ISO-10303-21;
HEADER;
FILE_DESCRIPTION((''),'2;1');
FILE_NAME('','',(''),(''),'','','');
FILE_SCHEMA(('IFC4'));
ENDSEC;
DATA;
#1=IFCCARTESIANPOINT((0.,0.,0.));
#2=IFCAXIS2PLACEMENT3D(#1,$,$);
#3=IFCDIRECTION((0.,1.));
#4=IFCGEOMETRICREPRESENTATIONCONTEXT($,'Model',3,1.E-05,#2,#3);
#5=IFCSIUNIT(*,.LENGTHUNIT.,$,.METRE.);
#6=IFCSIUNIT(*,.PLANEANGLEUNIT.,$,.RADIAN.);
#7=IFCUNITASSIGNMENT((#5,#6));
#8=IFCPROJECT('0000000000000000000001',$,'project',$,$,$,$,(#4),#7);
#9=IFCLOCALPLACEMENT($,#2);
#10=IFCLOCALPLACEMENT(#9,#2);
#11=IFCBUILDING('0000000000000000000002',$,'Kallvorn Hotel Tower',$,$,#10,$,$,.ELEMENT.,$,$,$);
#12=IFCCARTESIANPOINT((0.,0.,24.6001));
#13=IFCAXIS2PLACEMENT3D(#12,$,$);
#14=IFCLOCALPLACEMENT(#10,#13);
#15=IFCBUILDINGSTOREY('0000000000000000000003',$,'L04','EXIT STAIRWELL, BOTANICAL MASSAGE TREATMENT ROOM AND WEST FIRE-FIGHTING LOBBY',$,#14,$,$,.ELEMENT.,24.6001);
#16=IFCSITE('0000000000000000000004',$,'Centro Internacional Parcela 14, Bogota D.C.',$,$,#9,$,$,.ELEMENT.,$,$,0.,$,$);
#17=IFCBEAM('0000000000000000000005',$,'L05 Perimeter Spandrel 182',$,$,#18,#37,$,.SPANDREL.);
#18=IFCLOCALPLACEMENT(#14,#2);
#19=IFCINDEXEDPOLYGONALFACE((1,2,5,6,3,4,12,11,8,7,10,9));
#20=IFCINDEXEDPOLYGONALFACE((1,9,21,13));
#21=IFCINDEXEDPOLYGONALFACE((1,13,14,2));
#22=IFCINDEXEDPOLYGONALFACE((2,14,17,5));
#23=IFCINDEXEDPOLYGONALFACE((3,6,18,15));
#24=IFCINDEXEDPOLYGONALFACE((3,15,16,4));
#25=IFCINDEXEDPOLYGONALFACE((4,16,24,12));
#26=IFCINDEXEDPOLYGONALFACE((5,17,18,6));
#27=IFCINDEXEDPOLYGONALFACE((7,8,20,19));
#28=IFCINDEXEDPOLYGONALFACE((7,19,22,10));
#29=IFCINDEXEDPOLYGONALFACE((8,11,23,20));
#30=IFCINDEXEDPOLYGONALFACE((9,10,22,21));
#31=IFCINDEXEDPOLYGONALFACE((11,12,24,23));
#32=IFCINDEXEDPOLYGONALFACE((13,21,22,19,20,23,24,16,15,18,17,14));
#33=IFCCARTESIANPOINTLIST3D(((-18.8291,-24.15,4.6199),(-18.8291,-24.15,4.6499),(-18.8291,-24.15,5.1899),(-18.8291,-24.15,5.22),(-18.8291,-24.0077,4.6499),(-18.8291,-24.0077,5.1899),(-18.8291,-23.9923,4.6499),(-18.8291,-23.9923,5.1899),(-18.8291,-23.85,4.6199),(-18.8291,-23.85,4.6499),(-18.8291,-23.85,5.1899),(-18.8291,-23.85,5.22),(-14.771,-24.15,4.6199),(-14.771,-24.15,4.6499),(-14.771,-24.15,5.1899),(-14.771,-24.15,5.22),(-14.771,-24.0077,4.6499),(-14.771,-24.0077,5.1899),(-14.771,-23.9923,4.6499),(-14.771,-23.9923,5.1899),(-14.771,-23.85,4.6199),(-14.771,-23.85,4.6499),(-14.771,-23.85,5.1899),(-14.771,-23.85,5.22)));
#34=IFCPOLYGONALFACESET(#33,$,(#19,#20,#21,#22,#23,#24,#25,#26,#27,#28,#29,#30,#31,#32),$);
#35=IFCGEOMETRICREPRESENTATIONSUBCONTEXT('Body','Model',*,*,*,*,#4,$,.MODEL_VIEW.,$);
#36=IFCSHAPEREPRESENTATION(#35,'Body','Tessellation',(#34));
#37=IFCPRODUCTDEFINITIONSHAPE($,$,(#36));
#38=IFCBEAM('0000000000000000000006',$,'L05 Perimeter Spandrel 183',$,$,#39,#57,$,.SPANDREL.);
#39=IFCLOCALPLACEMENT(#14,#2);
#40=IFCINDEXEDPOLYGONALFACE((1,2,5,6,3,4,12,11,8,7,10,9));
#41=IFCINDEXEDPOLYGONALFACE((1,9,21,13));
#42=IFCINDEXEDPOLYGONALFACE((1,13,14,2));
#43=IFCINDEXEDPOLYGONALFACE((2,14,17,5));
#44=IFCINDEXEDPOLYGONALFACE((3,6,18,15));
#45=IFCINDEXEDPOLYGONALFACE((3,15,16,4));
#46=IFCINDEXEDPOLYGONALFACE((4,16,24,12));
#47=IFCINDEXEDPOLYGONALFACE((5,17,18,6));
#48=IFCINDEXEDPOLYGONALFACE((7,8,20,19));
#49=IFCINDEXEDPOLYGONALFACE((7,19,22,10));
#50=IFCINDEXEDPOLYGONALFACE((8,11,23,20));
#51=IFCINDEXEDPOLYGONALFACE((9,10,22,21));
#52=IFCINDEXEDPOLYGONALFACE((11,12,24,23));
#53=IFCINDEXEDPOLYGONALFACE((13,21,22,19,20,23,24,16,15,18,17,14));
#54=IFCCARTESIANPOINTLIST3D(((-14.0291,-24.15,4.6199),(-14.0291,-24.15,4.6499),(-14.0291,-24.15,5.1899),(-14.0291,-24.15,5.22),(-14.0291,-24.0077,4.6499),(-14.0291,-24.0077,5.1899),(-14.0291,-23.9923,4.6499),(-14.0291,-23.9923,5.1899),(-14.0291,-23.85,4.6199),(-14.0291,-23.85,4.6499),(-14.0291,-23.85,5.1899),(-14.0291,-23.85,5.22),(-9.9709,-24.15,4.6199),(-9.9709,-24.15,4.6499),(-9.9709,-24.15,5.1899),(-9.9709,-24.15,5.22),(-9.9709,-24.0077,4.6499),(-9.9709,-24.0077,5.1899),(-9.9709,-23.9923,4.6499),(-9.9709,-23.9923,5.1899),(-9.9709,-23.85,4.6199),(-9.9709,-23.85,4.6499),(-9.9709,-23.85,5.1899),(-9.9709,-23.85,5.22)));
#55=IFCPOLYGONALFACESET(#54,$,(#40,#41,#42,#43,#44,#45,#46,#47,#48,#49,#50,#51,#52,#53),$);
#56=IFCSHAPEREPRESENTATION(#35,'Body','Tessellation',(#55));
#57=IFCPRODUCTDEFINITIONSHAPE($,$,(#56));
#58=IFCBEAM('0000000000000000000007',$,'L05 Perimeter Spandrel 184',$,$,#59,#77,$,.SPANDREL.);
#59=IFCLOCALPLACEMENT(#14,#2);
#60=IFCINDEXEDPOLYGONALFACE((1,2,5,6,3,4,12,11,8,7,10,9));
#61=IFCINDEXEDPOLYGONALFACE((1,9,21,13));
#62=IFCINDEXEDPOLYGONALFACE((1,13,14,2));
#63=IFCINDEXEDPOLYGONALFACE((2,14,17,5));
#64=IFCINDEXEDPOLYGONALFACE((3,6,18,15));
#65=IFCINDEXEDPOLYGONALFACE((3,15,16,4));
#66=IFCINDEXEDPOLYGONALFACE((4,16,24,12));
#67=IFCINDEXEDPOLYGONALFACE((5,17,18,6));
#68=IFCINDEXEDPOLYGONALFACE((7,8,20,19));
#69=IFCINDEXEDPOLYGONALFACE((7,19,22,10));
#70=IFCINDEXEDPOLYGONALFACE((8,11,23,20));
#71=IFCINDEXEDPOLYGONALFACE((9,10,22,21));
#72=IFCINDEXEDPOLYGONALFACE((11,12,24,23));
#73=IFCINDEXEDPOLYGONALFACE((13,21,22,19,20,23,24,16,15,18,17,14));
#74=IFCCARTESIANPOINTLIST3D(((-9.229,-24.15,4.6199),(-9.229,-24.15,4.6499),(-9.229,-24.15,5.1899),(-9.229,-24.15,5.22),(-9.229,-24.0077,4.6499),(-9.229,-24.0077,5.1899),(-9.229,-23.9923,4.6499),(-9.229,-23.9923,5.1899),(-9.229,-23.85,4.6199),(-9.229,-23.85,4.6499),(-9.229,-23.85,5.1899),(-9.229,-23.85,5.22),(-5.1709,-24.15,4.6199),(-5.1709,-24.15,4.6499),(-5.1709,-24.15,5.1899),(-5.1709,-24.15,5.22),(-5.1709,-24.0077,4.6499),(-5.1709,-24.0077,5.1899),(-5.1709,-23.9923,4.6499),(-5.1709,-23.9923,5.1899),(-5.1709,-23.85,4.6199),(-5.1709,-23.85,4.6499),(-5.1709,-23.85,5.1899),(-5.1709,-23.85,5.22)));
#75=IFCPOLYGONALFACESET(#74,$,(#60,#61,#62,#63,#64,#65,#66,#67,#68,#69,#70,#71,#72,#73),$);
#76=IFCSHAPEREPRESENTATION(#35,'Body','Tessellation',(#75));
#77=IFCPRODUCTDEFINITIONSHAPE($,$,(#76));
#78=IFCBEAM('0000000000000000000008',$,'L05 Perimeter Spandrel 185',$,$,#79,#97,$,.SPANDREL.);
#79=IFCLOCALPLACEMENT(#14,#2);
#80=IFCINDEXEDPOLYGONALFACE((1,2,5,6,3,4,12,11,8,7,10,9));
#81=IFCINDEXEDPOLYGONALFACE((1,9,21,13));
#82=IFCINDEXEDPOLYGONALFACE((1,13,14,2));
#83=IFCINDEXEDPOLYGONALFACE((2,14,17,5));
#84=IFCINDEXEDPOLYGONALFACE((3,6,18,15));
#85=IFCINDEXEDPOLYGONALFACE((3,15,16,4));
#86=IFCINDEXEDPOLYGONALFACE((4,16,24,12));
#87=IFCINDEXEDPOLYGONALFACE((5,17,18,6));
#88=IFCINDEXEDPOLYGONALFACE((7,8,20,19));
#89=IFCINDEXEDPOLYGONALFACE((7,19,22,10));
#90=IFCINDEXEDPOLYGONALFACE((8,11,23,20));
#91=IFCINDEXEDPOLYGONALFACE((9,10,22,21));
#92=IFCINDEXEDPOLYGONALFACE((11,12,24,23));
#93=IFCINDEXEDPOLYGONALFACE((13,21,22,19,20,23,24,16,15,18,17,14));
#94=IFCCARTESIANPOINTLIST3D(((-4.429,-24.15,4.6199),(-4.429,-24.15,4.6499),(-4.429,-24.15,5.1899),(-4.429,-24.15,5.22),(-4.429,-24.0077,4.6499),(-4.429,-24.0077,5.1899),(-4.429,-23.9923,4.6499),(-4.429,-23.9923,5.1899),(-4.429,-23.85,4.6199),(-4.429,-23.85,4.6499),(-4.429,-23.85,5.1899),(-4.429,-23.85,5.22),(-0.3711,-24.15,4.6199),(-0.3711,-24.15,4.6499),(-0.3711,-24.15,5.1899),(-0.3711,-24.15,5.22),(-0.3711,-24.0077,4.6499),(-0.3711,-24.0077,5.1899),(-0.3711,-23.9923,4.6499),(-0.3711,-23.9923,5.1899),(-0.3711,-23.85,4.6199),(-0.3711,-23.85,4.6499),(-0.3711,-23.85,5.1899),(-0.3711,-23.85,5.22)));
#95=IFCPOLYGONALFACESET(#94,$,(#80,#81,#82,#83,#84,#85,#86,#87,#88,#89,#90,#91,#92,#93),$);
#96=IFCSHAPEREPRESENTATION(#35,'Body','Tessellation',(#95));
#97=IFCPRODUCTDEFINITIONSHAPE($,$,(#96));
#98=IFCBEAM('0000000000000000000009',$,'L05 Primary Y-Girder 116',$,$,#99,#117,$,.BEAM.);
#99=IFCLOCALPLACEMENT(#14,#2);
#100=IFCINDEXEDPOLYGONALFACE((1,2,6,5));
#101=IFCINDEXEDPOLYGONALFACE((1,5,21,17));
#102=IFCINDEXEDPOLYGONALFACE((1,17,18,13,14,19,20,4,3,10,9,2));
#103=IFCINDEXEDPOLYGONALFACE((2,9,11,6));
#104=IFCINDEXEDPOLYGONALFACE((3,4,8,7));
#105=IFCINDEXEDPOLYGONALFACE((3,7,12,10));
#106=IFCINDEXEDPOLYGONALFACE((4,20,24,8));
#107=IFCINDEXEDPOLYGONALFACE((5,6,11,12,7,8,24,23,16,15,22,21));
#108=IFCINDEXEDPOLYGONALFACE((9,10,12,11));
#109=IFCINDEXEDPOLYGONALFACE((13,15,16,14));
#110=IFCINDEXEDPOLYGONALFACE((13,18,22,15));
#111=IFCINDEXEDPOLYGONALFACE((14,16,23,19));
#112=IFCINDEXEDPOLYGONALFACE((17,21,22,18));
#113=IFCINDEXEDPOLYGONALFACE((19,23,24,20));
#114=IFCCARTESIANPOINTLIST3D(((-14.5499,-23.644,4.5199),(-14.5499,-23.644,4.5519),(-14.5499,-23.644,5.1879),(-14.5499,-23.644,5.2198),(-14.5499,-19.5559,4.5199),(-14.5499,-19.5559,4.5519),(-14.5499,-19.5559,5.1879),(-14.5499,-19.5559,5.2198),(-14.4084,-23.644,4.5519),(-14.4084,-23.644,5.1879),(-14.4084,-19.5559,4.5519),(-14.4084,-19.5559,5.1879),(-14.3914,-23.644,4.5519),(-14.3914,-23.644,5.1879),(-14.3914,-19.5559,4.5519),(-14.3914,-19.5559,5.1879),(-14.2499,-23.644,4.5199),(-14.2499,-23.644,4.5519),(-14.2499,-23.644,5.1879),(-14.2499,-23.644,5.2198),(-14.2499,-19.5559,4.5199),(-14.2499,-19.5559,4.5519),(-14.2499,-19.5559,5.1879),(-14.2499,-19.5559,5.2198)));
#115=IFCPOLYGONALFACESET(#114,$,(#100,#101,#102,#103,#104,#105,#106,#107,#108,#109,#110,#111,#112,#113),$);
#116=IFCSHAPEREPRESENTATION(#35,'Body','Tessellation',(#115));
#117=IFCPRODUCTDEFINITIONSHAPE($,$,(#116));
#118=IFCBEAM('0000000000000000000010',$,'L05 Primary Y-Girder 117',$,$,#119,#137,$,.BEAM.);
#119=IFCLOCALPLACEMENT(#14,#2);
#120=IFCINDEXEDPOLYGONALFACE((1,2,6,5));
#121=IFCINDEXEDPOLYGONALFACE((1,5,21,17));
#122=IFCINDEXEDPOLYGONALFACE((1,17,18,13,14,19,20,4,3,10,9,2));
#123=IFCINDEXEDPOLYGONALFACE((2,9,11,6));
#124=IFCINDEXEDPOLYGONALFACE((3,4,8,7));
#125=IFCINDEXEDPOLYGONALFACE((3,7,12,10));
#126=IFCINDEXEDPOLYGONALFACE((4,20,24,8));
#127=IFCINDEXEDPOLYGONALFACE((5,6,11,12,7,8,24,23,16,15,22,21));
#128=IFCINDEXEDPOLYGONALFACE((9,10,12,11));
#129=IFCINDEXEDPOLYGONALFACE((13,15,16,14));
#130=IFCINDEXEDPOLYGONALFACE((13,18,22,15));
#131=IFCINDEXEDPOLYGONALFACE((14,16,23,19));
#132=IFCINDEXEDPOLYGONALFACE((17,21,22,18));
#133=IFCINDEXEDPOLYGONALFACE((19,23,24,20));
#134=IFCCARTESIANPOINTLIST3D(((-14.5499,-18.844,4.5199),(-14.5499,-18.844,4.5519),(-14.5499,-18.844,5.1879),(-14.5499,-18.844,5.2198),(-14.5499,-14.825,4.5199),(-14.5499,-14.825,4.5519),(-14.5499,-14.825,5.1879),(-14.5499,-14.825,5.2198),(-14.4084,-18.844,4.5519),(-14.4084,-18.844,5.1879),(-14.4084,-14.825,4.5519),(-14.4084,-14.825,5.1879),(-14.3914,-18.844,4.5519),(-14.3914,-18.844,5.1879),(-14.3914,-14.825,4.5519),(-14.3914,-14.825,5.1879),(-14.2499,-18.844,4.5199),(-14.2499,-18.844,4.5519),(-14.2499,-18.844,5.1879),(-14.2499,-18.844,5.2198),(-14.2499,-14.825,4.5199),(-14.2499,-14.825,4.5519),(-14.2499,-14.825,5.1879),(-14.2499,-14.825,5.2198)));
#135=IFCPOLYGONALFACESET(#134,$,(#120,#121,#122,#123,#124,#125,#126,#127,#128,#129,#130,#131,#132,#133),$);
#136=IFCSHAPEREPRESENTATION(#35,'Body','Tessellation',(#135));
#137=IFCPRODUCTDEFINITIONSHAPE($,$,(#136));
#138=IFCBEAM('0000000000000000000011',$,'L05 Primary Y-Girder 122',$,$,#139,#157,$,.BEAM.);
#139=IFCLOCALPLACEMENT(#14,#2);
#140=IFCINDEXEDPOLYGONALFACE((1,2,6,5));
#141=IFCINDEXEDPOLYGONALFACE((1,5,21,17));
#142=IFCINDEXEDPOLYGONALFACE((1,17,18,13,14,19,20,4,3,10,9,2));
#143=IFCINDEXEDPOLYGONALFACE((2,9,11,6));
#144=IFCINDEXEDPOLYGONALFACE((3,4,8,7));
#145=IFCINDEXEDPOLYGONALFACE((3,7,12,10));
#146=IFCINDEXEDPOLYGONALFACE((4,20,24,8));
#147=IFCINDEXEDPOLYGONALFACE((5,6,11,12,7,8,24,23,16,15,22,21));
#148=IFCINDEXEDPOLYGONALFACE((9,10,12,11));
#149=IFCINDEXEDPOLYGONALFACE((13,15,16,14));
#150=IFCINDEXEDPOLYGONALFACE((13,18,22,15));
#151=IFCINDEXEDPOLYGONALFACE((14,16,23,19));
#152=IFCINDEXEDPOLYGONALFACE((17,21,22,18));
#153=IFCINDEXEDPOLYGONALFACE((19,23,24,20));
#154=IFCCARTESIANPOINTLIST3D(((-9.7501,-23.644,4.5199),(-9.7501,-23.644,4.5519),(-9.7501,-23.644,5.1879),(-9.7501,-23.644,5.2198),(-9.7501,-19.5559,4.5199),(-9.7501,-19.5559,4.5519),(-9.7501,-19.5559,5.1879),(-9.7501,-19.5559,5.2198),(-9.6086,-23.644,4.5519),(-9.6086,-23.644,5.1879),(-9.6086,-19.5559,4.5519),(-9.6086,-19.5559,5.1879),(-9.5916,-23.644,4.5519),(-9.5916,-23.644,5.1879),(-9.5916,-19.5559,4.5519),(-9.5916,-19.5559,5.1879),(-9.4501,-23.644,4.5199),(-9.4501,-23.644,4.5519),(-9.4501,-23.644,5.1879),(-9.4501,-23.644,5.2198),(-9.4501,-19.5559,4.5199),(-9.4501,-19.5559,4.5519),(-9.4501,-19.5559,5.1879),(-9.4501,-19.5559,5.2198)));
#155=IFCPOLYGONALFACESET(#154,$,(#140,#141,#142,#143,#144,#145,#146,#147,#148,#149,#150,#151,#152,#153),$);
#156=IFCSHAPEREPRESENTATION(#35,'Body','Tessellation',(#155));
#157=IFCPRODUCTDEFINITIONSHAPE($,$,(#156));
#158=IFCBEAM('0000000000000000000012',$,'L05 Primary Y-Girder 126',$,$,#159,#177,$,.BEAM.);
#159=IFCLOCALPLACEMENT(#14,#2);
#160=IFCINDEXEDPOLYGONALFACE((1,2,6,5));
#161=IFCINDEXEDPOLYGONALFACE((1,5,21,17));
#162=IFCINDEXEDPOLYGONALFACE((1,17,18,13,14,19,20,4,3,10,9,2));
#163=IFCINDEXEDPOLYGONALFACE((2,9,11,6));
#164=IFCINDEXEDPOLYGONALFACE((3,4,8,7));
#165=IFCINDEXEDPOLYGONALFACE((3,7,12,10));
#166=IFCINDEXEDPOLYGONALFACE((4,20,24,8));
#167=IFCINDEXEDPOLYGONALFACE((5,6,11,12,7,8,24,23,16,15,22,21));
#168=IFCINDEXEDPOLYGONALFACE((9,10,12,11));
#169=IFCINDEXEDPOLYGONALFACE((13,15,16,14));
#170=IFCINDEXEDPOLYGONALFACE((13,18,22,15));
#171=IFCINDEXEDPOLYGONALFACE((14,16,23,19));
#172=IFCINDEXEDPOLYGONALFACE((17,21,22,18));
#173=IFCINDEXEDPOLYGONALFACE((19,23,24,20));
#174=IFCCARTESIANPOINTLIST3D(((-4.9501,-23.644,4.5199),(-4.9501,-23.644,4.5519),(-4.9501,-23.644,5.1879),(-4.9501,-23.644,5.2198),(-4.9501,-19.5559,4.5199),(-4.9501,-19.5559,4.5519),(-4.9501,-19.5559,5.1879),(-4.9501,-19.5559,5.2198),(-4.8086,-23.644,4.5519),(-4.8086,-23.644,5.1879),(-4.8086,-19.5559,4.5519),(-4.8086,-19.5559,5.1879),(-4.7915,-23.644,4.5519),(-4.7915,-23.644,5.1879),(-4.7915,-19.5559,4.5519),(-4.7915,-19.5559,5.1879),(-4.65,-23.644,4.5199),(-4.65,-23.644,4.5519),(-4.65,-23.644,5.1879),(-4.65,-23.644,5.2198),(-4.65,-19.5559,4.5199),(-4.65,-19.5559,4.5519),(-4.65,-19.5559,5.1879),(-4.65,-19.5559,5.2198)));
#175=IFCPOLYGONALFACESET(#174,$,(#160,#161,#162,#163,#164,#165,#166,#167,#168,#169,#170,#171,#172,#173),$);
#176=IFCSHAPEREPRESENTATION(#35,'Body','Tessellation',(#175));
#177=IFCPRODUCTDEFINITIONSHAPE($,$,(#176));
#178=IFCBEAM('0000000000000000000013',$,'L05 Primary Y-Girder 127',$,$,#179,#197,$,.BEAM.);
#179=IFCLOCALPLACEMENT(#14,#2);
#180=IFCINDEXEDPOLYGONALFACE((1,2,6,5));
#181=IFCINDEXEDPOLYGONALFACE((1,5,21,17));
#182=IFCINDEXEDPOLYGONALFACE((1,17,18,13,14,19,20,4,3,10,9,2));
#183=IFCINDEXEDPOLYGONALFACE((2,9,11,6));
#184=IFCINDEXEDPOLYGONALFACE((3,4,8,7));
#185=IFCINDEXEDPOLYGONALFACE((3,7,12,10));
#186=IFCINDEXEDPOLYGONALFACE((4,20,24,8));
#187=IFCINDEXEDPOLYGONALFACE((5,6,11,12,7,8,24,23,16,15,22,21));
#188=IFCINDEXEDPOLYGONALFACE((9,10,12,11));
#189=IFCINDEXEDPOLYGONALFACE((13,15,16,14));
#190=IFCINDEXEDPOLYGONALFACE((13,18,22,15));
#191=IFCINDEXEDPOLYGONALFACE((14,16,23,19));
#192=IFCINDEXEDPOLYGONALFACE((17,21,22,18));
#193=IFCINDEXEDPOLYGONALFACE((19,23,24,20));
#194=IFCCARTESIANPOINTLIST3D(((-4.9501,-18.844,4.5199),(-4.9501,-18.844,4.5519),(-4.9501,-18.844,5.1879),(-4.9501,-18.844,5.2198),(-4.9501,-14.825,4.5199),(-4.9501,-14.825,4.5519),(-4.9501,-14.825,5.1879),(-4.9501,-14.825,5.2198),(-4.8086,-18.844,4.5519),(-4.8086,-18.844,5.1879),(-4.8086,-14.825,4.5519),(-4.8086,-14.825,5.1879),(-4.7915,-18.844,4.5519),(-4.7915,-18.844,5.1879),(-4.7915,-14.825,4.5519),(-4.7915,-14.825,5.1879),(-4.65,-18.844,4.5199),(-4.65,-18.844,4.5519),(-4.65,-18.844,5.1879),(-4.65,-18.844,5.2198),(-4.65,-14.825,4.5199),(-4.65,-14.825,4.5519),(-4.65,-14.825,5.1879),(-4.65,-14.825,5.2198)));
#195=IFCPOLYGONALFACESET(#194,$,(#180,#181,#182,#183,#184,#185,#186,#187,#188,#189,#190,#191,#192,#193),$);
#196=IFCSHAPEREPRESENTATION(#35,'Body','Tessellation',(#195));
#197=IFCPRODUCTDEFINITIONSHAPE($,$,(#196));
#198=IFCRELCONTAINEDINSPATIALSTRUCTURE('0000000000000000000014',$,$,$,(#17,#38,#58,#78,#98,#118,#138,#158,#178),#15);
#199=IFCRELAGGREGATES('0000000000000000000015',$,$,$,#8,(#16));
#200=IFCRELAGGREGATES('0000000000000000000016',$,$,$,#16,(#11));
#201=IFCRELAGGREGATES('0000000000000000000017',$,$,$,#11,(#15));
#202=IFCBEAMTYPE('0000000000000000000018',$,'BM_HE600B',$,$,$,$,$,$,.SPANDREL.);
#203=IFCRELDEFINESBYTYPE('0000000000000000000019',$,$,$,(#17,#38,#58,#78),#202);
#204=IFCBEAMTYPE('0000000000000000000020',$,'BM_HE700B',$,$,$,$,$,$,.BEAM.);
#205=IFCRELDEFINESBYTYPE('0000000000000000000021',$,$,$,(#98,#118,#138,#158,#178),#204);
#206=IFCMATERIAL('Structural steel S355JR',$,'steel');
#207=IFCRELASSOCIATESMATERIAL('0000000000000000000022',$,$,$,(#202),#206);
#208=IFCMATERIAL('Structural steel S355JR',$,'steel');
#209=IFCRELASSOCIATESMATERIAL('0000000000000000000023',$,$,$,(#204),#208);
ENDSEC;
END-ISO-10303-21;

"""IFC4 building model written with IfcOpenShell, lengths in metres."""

from ifc_helpers import new_model, si_unit, direction, frame, origin, origin_2d, place, context, subcontext, project, spatial, i_section, extrude, material, material_profile, profile_set, type_object, element, save


model = new_model("IFC4")

# Units and contexts
model_context = context("Model", 3, precision=1e-05, world=origin(), true_north=direction((0.0, 1.0)))
body_context = subcontext(model_context, "Body", "Model", "MODEL_VIEW")
ifc_project = project(units=[si_unit("LENGTHUNIT", "METRE"), si_unit("PLANEANGLEUNIT", "RADIAN")], contexts=[model_context])

# Site, building, storey
site_placement = place(None, origin())
site = spatial("IfcSite", under=ifc_project, at=site_placement, Name="Centro Internacional Parcela 14, Bogota D.C.", CompositionType="ELEMENT", RefElevation=0.0)
building_placement = place(site_placement, origin())
building = spatial("IfcBuilding", under=site, at=building_placement, Name="Kallvorn Hotel Tower", CompositionType="ELEMENT")
storey_placement = place(building_placement, frame((0.0, 0.0, 24.6001)))
storey = spatial("IfcBuildingStorey", under=building, at=storey_placement, Name="L04", Description="EXIT STAIRWELL, BOTANICAL MASSAGE TREATMENT ROOM AND WEST FIRE-FIGHTING LOBBY", CompositionType="ELEMENT", Elevation=24.6001)

# Beams
ifc_material_1 = material(Name="Structural steel S355JR", Category="steel")
ifc_material_profile_1 = material_profile(ifc_material_1, i_section(OverallWidth=0.3, OverallDepth=0.6001, WebThickness=0.0154, FlangeThickness=0.03, at=origin_2d()), Name="HE 600 B")
ifc_profile_set_1 = profile_set([ifc_material_profile_1], Name="Structural steel S355JR")
beam_type_1 = type_object("IfcBeamType", Name="BM_HE600B", PredefinedType="SPANDREL", material=ifc_profile_set_1)
for number, where, z_axis, x_axis, name in (
    (1, (-18.8291, -24.0, 4.9199), (1.0, 0.0, 0.0), (0.0, 1.0, 0.0), "L05 Perimeter Spandrel 182"),
    (2, (-14.0291, -24.0, 4.9199), (1.0, 0.0, 0.0), (0.0, 1.0, 0.0), "L05 Perimeter Spandrel 183"),
    (3, (-9.229, -24.0, 4.9199), (1.0, 0.0, 0.0), (0.0, 1.0, 0.0), "L05 Perimeter Spandrel 184"),
):
    element("IfcBeam", number, at=place(storey_placement, frame(where, z_axis=z_axis, x_axis=x_axis)), inside=storey, type_object=beam_type_1, Name=name, PredefinedType="SPANDREL", context=body_context, shape_type="SweptSolid", body=[
        extrude(i_section(OverallWidth=0.3, OverallDepth=0.6001, WebThickness=0.0154, FlangeThickness=0.03, at=origin_2d()), origin(), (0.0, 0.0, 1.0), 4.0581),
    ])
beam_1_placement = place(storey_placement, frame((-4.429, -24.0, 4.9199), z_axis=(1.0, 0.0, 0.0), x_axis=(0.0, 1.0, 0.0)))
element("IfcBeam", 4, at=beam_1_placement, inside=storey, type_object=beam_type_1, Name="L05 Perimeter Spandrel 185", PredefinedType="SPANDREL", context=body_context, shape_type="SweptSolid", body=[
    extrude(i_section(OverallWidth=0.3, OverallDepth=0.6001, WebThickness=0.0154, FlangeThickness=0.03, at=origin_2d()), origin(), (0.0, 0.0, 1.0), 4.0579),
])
ifc_material_2 = material(Name="Structural steel S355JR", Category="steel")
ifc_material_profile_2 = material_profile(ifc_material_2, i_section(OverallWidth=0.3, OverallDepth=0.7, WebThickness=0.0171, FlangeThickness=0.032, at=origin_2d()), Name="HE 700 B")
ifc_profile_set_2 = profile_set([ifc_material_profile_2], Name="Structural steel S355JR")
beam_type_2 = type_object("IfcBeamType", Name="BM_HE700B", PredefinedType="BEAM", material=ifc_profile_set_2)
beam_2_placement = place(storey_placement, frame((-14.3999, -23.644, 4.8699), z_axis=(0.0, 1.0, 0.0), x_axis=(-1.0, 0.0, 0.0)))
element("IfcBeam", 5, at=beam_2_placement, inside=storey, type_object=beam_type_2, Name="L05 Primary Y-Girder 116", PredefinedType="BEAM", context=body_context, shape_type="SweptSolid", body=[
    extrude(i_section(OverallWidth=0.3, OverallDepth=0.7, WebThickness=0.0171, FlangeThickness=0.032, at=origin_2d()), origin(), (0.0, 0.0, 1.0), 4.0881),
])
beam_3_placement = place(storey_placement, frame((-14.3999, -18.844, 4.8699), z_axis=(0.0, 1.0, 0.0), x_axis=(-1.0, 0.0, 0.0)))
element("IfcBeam", 6, at=beam_3_placement, inside=storey, type_object=beam_type_2, Name="L05 Primary Y-Girder 117", PredefinedType="BEAM", context=body_context, shape_type="SweptSolid", body=[
    extrude(i_section(OverallWidth=0.3, OverallDepth=0.7, WebThickness=0.0171, FlangeThickness=0.032, at=origin_2d()), origin(), (0.0, 0.0, 1.0), 4.019),
])
for number, where, z_axis, x_axis, name in (
    (7, (-9.6001, -23.644, 4.8699), (0.0, 1.0, 0.0), (-1.0, 0.0, 0.0), "L05 Primary Y-Girder 122"),
    (8, (-4.8, -23.644, 4.8699), (0.0, 1.0, 0.0), (-1.0, 0.0, 0.0), "L05 Primary Y-Girder 126"),
):
    element("IfcBeam", number, at=place(storey_placement, frame(where, z_axis=z_axis, x_axis=x_axis)), inside=storey, type_object=beam_type_2, Name=name, PredefinedType="BEAM", context=body_context, shape_type="SweptSolid", body=[
        extrude(i_section(OverallWidth=0.3, OverallDepth=0.7, WebThickness=0.0171, FlangeThickness=0.032, at=origin_2d()), origin(), (0.0, 0.0, 1.0), 4.0881),
    ])
beam_4_placement = place(storey_placement, frame((-4.8, -18.844, 4.8699), z_axis=(0.0, 1.0, 0.0), x_axis=(-1.0, 0.0, 0.0)))
element("IfcBeam", 9, at=beam_4_placement, inside=storey, type_object=beam_type_2, Name="L05 Primary Y-Girder 127", PredefinedType="BEAM", context=body_context, shape_type="SweptSolid", body=[
    extrude(i_section(OverallWidth=0.3, OverallDepth=0.7, WebThickness=0.0171, FlangeThickness=0.032, at=origin_2d()), origin(), (0.0, 0.0, 1.0), 4.019),
])

save(model, "model.ifc")
